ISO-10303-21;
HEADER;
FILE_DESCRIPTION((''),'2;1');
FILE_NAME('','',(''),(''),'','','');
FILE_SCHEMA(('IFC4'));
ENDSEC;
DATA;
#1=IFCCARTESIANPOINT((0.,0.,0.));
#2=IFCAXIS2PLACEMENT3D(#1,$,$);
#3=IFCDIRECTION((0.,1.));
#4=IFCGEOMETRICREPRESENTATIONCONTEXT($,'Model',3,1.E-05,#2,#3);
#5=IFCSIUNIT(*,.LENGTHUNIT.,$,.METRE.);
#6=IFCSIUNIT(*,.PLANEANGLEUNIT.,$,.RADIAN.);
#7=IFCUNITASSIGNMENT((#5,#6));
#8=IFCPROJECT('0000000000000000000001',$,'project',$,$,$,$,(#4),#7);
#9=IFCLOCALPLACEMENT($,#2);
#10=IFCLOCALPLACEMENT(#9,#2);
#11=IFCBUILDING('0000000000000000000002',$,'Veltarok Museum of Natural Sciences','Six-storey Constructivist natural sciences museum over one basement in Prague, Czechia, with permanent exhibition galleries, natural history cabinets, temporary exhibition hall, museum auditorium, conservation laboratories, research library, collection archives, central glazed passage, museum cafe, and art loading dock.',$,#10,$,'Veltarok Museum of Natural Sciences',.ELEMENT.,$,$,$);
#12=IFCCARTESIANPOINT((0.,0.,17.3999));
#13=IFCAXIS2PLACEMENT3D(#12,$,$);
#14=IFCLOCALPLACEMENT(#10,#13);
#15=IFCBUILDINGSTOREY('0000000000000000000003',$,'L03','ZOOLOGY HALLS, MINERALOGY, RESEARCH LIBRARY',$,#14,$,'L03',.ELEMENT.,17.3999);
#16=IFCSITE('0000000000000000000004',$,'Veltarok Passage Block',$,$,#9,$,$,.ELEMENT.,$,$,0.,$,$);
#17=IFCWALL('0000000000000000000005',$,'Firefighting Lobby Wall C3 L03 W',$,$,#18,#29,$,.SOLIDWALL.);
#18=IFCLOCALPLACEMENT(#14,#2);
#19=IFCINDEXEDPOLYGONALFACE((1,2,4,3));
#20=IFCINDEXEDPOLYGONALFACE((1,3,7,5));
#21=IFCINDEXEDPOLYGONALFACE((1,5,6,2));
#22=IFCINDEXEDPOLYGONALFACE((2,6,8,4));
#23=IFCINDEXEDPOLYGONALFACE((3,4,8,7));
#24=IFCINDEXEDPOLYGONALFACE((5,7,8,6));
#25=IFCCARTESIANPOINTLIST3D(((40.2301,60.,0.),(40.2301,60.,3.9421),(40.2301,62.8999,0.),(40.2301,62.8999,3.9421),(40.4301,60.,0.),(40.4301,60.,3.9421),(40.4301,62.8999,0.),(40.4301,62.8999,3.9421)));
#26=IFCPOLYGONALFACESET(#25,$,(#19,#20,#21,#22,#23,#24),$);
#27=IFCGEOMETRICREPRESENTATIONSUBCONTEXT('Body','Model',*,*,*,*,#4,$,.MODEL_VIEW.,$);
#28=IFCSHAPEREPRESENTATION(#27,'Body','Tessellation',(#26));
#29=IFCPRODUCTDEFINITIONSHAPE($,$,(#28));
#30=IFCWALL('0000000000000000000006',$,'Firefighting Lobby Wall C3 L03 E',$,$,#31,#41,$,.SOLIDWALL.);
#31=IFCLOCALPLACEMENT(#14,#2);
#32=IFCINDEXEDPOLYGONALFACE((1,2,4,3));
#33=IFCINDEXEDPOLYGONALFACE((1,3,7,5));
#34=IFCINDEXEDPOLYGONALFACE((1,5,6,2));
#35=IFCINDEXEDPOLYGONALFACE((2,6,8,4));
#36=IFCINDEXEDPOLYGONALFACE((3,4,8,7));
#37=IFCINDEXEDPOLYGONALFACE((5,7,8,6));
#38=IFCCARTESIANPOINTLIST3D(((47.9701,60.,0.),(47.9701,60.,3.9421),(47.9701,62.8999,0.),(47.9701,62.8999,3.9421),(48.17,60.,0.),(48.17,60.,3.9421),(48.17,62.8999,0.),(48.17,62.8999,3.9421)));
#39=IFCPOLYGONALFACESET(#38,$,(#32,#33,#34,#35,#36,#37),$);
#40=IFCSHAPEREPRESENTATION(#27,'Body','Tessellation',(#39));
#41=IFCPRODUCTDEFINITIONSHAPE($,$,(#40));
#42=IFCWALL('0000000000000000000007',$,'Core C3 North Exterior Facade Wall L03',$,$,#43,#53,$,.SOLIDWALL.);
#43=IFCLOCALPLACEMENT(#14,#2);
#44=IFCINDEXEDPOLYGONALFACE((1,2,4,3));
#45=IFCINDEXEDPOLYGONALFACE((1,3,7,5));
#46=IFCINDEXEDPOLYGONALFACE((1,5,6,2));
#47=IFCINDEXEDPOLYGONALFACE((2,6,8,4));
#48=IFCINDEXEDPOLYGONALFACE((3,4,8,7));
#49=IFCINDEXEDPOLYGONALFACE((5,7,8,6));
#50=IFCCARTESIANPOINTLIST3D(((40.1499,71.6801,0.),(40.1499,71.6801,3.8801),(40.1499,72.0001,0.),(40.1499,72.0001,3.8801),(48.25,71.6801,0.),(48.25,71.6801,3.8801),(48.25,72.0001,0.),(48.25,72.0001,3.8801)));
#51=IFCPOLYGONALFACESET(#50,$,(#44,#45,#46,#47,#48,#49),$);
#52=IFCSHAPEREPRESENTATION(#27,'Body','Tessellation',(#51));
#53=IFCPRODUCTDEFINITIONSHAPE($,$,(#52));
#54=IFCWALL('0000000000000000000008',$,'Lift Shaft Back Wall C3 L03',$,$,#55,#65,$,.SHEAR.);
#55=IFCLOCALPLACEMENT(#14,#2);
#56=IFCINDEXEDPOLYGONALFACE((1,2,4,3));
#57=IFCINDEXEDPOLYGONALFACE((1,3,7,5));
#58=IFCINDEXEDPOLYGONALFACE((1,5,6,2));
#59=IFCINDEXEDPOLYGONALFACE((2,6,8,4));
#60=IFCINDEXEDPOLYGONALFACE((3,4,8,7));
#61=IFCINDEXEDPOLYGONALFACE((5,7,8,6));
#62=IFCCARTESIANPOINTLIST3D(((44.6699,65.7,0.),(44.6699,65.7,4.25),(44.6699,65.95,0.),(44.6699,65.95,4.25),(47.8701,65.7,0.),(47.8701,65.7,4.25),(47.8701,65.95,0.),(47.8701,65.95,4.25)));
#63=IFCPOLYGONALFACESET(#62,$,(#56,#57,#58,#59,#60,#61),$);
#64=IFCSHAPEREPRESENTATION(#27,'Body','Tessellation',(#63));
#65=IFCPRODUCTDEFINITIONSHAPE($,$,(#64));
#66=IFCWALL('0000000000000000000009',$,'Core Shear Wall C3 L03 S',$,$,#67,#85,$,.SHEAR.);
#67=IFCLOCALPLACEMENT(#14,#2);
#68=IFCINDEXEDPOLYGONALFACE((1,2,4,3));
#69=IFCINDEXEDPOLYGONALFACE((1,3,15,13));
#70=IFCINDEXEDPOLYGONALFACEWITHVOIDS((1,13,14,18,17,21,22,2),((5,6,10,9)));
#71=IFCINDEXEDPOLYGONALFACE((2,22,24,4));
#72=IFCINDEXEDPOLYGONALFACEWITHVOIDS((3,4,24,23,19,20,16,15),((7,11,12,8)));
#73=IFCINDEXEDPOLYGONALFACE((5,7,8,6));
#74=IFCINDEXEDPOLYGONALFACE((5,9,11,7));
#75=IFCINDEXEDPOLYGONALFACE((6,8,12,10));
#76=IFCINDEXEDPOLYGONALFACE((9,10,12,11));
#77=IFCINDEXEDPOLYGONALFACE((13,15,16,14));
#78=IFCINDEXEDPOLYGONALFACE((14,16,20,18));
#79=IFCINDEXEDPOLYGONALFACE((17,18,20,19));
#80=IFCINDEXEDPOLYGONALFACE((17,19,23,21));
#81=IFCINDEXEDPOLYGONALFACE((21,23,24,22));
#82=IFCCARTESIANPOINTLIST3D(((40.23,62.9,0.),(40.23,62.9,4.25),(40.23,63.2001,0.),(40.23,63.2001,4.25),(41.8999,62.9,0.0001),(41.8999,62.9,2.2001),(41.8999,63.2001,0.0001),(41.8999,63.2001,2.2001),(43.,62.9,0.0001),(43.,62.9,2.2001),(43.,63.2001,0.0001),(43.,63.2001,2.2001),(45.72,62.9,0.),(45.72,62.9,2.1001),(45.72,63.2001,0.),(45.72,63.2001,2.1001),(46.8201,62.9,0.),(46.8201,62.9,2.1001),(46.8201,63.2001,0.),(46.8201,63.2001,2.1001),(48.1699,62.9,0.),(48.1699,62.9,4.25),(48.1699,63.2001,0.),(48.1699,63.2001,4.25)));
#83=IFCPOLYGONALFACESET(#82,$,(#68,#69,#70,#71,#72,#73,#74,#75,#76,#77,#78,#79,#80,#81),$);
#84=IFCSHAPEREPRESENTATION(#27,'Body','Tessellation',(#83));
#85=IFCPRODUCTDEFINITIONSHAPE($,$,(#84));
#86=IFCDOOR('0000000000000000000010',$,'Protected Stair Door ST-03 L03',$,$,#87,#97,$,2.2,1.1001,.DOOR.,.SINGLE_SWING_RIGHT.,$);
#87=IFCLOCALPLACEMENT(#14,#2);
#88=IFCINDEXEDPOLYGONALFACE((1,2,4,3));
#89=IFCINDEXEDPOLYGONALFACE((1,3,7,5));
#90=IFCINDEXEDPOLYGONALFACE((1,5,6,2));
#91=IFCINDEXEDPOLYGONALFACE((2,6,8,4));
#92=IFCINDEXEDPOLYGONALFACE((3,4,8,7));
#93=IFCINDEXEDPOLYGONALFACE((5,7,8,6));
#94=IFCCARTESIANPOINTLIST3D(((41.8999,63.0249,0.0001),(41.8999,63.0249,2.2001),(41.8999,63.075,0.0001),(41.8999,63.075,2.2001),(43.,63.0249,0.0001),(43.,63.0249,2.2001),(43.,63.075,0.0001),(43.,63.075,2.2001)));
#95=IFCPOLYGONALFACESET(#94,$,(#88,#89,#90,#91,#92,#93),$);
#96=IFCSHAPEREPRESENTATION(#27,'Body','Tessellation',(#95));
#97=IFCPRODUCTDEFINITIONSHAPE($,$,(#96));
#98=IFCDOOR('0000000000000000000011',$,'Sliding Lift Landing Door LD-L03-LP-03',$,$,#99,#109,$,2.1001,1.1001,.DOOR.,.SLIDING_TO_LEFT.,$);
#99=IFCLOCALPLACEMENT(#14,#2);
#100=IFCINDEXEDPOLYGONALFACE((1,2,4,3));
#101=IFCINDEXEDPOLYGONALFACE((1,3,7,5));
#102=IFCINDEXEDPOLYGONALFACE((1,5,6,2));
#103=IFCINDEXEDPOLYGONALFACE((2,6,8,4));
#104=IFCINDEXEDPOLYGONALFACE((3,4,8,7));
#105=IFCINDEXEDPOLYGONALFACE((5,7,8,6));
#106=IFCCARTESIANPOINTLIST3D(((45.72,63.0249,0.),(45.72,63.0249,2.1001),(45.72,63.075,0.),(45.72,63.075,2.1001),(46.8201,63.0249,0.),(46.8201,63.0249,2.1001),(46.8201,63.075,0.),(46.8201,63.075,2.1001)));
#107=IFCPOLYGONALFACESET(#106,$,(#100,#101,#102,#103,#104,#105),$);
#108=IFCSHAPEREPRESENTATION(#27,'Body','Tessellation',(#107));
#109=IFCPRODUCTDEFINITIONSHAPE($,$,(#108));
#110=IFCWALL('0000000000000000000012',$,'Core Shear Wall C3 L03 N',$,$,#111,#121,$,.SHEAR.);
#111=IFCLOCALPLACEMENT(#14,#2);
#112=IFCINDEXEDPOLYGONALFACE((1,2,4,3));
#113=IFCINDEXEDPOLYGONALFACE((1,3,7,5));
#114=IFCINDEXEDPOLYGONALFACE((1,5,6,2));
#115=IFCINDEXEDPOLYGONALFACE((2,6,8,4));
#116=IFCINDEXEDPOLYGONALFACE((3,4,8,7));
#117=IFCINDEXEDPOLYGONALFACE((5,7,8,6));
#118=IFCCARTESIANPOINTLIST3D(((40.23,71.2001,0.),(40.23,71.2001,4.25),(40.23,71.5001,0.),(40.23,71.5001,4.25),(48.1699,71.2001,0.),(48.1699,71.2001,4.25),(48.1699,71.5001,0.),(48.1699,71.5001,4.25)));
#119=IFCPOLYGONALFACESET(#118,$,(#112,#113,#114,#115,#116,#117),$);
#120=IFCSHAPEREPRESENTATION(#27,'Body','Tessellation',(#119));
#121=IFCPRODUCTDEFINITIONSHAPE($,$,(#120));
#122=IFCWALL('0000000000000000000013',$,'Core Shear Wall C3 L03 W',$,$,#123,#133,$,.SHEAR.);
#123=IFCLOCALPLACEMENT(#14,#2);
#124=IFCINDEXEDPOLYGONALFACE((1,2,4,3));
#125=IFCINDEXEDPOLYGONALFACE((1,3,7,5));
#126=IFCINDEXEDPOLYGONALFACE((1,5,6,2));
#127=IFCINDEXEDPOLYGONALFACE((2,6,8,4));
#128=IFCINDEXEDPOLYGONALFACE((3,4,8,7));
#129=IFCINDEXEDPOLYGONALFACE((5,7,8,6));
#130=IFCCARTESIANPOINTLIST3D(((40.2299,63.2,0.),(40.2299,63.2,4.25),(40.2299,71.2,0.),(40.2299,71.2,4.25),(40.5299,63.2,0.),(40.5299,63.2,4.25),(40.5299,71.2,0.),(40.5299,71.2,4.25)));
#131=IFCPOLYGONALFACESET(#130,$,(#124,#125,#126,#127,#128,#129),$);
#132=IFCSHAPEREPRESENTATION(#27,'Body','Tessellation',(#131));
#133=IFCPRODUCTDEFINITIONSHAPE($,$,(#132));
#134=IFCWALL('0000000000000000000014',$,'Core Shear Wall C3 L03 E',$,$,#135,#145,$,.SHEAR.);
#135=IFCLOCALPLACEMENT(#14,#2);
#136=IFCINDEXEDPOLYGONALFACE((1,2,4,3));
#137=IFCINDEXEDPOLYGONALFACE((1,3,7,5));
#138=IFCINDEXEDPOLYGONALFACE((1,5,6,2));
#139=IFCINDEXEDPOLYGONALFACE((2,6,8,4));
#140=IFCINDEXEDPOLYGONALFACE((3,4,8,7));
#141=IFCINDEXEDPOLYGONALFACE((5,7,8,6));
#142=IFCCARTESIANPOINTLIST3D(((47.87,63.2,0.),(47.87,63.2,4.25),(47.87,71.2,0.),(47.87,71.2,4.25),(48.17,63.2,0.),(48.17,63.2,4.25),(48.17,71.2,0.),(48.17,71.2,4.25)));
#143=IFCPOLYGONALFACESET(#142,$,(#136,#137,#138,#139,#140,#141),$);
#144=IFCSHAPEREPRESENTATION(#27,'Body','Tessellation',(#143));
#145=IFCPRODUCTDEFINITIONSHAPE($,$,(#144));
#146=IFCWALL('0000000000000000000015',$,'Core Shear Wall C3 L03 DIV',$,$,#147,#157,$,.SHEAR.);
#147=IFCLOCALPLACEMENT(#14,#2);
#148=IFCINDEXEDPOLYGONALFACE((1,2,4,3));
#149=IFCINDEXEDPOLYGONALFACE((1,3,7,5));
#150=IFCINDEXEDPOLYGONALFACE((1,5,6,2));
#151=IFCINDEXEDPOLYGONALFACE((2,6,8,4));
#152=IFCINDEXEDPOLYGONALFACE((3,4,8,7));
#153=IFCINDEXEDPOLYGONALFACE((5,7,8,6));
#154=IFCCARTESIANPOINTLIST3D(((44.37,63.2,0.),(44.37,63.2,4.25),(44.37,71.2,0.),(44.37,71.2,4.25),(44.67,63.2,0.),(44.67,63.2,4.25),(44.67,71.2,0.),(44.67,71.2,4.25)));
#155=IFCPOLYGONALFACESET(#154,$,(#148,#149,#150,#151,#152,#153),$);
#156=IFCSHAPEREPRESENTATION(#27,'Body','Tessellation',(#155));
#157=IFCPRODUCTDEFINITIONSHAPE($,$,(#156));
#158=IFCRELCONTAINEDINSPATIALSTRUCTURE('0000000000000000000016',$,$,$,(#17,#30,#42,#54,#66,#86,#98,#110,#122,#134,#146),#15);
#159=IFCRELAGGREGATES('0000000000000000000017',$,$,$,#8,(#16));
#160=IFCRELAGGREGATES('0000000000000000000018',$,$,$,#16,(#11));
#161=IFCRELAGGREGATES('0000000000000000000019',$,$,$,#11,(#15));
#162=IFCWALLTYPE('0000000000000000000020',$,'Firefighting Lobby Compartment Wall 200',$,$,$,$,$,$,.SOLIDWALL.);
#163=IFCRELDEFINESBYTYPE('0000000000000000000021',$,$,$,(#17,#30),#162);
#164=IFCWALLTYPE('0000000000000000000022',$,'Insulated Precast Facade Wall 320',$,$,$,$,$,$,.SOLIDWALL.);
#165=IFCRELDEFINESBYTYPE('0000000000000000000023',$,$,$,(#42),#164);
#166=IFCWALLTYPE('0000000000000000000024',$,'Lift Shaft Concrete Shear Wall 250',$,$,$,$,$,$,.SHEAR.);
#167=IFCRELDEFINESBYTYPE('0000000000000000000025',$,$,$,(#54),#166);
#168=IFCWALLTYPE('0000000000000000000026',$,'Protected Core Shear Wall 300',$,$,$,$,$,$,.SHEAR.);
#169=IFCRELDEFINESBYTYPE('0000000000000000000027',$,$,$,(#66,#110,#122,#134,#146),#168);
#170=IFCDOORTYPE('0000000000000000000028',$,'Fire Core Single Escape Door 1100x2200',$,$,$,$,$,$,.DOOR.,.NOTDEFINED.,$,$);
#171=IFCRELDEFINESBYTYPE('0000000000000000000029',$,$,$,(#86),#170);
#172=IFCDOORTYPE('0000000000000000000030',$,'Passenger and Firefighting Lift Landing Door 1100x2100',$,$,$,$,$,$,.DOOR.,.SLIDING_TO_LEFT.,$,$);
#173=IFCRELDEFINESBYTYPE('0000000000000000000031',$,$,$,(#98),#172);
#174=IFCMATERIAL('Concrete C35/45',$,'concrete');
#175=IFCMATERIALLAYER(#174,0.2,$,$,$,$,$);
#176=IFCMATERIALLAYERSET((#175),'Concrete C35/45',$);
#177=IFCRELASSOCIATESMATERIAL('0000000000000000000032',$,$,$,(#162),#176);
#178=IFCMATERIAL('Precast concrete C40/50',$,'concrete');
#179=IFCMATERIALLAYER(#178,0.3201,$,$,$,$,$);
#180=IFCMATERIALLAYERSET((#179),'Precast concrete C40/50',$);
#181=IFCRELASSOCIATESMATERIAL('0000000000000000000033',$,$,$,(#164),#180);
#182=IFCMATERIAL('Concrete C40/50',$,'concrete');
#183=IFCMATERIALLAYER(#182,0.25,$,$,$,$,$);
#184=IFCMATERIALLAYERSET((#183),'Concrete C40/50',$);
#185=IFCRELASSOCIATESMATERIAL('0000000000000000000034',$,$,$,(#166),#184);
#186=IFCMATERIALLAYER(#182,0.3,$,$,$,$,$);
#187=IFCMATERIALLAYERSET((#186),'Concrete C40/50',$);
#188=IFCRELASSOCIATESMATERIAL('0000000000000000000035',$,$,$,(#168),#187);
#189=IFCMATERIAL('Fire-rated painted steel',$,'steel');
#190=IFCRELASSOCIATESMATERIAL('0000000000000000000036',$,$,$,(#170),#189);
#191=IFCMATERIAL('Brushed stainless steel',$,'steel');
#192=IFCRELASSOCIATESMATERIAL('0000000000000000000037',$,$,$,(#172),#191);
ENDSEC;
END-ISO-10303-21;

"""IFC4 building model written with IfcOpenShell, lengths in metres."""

from ifc_helpers import new_model, si_unit, direction, frame, frame_2d, origin, place, context, subcontext, project, spatial, rectangle, extrude, material, layer, layer_set, type_object, element, fill, save


model = new_model("IFC4")

# Units and contexts
model_context = context("Model", 3, precision=1e-05, world=origin(), true_north=direction((0.0, 1.0)))
body_context = subcontext(model_context, "Body", "Model", "MODEL_VIEW")
ifc_project = project(units=[si_unit("LENGTHUNIT", "METRE"), si_unit("PLANEANGLEUNIT", "RADIAN")], contexts=[model_context])

# Site, building, storey
site_placement = place(None, origin())
site = spatial("IfcSite", under=ifc_project, at=site_placement, Name="Veltarok Passage Block", CompositionType="ELEMENT", RefElevation=0.0)
building_placement = place(site_placement, origin())
building = spatial("IfcBuilding", under=site, at=building_placement, Name="Veltarok Museum of Natural Sciences", Description="Six-storey Constructivist natural sciences museum over one basement in Prague, Czechia, with permanent exhibition galleries, natural history cabinets, temporary exhibition hall, museum auditorium, conservation laboratories, research library, collection archives, central glazed passage, museum cafe, and art loading dock.", LongName="Veltarok Museum of Natural Sciences", CompositionType="ELEMENT")
storey_placement = place(building_placement, frame((0.0, 0.0, 17.3999)))
storey = spatial("IfcBuildingStorey", under=building, at=storey_placement, Name="L03", Description="ZOOLOGY HALLS, MINERALOGY, RESEARCH LIBRARY", LongName="L03", CompositionType="ELEMENT", Elevation=17.3999)

# Shared definitions
ifc_material_1 = material(Name="Concrete C35/45", Category="concrete")
ifc_layer_1 = layer(ifc_material_1, 0.2)
ifc_layer_set_1 = layer_set([ifc_layer_1], Name="Concrete C35/45")
wall_type_1 = type_object("IfcWallType", Name="Firefighting Lobby Compartment Wall 200", PredefinedType="SOLIDWALL", material=ifc_layer_set_1)

# Walls
for number, where, z_axis, x_axis, name in (
    (1, (40.3301, 60.0, 0.0), (0.0, 0.0, 1.0), (0.0, 1.0, 0.0), "Firefighting Lobby Wall C3 L03 W"),
    (2, (48.0701, 62.8999, 0.0), (0.0, 0.0, 1.0), (0.0, -1.0, 0.0), "Firefighting Lobby Wall C3 L03 E"),
):
    element("IfcWall", number, at=place(storey_placement, frame(where, z_axis=z_axis, x_axis=x_axis)), inside=storey, type_object=wall_type_1, Name=name, PredefinedType="SOLIDWALL", context=body_context, shape_type="SweptSolid", body=[
        extrude(rectangle(XDim=2.8999, YDim=0.2, at=frame_2d((1.45, 0.0))), origin(), (0.0, 0.0, 1.0), 3.9421),
    ])
ifc_material_2 = material(Name="Precast concrete C40/50", Category="concrete")
ifc_layer_2 = layer(ifc_material_2, 0.3201)
ifc_layer_set_2 = layer_set([ifc_layer_2], Name="Precast concrete C40/50")
wall_type_2 = type_object("IfcWallType", Name="Insulated Precast Facade Wall 320", PredefinedType="SOLIDWALL", material=ifc_layer_set_2)
wall_1_placement = place(storey_placement, frame((48.25, 71.8401, 0.0), z_axis=(0.0, 0.0, 1.0), x_axis=(-1.0, 0.0, 0.0)))
element("IfcWall", 3, at=wall_1_placement, inside=storey, type_object=wall_type_2, Name="Core C3 North Exterior Facade Wall L03", PredefinedType="SOLIDWALL", context=body_context, shape_type="SweptSolid", body=[
    extrude(rectangle(XDim=8.1001, YDim=0.3201, at=frame_2d((4.05, 0.0))), origin(), (0.0, 0.0, 1.0), 3.8801),
])
ifc_material_3 = material(Name="Concrete C40/50", Category="concrete")
ifc_layer_3 = layer(ifc_material_3, 0.25)
ifc_layer_set_3 = layer_set([ifc_layer_3], Name="Concrete C40/50")
wall_type_3 = type_object("IfcWallType", Name="Lift Shaft Concrete Shear Wall 250", PredefinedType="SHEAR", material=ifc_layer_set_3)
wall_2_placement = place(storey_placement, frame((44.6699, 65.825, 0.0), z_axis=(0.0, 0.0, 1.0), x_axis=(1.0, 0.0, 0.0)))
element("IfcWall", 4, at=wall_2_placement, inside=storey, type_object=wall_type_3, Name="Lift Shaft Back Wall C3 L03", PredefinedType="SHEAR", context=body_context, shape_type="SweptSolid", body=[
    extrude(rectangle(XDim=3.2002, YDim=0.25, at=frame_2d((1.6001, 0.0))), origin(), (0.0, 0.0, 1.0), 4.25),
])

# Wall, openings, doors
ifc_layer_4 = layer(ifc_material_3, 0.3)
ifc_layer_set_4 = layer_set([ifc_layer_4], Name="Concrete C40/50")
wall_type_4 = type_object("IfcWallType", Name="Protected Core Shear Wall 300", PredefinedType="SHEAR", material=ifc_layer_set_4)
wall_3_placement = place(storey_placement, frame((40.23, 63.05, 0.0), z_axis=(0.0, 0.0, 1.0), x_axis=(1.0, 0.0, 0.0)))
wall_3 = element("IfcWall", 5, at=wall_3_placement, inside=storey, type_object=wall_type_4, Name="Core Shear Wall C3 L03 S", PredefinedType="SHEAR", context=body_context, shape_type="SweptSolid", body=[
    extrude(rectangle(XDim=7.9399, YDim=0.3, at=frame_2d((3.97, 0.0))), origin(), (0.0, 0.0, 1.0), 4.25),
])
opening_1_placement = place(wall_3_placement, frame((1.6699, 0.0, 0.0)))
opening_1 = element("IfcOpeningElement", 6, at=opening_1_placement, cuts=wall_3, PredefinedType="OPENING", context=body_context, shape_type="SweptSolid", body=[
    extrude(rectangle(XDim=1.1001, YDim=2.2, at=frame_2d((0.55, 1.1001))), frame((0.0, 0.1602, 0.0), z_axis=(0.0, -1.0, 0.0), x_axis=(1.0, 0.0, 0.0)), (0.0, 0.0, 1.0), 0.3201),
])
opening_2_placement = place(wall_3_placement, frame((5.49, 0.0, 0.0)))
opening_2 = element("IfcOpeningElement", 7, at=opening_2_placement, cuts=wall_3, PredefinedType="OPENING", context=body_context, shape_type="SweptSolid", body=[
    extrude(rectangle(XDim=1.1001, YDim=2.1001, at=frame_2d((0.55, 1.05))), frame((0.0, 0.1602, 0.0), z_axis=(0.0, -1.0, 0.0), x_axis=(1.0, 0.0, 0.0)), (0.0, 0.0, 1.0), 0.3201),
])
ifc_material_4 = material(Name="Fire-rated painted steel", Category="steel")
door_type_1 = type_object("IfcDoorType", Name="Fire Core Single Escape Door 1100x2200", OperationType="NOTDEFINED", PredefinedType="DOOR", material=ifc_material_4)
door_1_placement = place(opening_1_placement, origin())
door_1 = element("IfcDoor", 8, at=door_1_placement, inside=storey, type_object=door_type_1, Name="Protected Stair Door ST-03 L03", OperationType="SINGLE_SWING_RIGHT", OverallHeight=2.2, OverallWidth=1.1001, PredefinedType="DOOR", context=body_context, shape_type="SweptSolid", body=[
    extrude(rectangle(XDim=1.1001, YDim=2.2, at=frame_2d((0.55, 1.1001))), frame((0.0, 0.0249, 0.0), z_axis=(0.0, -1.0, 0.0), x_axis=(1.0, 0.0, 0.0)), (0.0, 0.0, 1.0), 0.05),
])
fill(opening_1, door_1)
ifc_material_5 = material(Name="Brushed stainless steel", Category="steel")
door_type_2 = type_object("IfcDoorType", Name="Passenger and Firefighting Lift Landing Door 1100x2100", OperationType="SLIDING_TO_LEFT", PredefinedType="DOOR", material=ifc_material_5)
door_2_placement = place(opening_2_placement, origin())
door_2 = element("IfcDoor", 9, at=door_2_placement, inside=storey, type_object=door_type_2, Name="Sliding Lift Landing Door LD-L03-LP-03", OperationType="SLIDING_TO_LEFT", OverallHeight=2.1001, OverallWidth=1.1001, PredefinedType="DOOR", context=body_context, shape_type="SweptSolid", body=[
    extrude(rectangle(XDim=1.1001, YDim=2.1001, at=frame_2d((0.55, 1.05))), frame((0.0, 0.0249, 0.0), z_axis=(0.0, -1.0, 0.0), x_axis=(1.0, 0.0, 0.0)), (0.0, 0.0, 1.0), 0.05),
])
fill(opening_2, door_2)

# Walls
wall_4_placement = place(storey_placement, frame((48.1699, 71.3501, 0.0), z_axis=(0.0, 0.0, 1.0), x_axis=(-1.0, 0.0, 0.0)))
element("IfcWall", 10, at=wall_4_placement, inside=storey, type_object=wall_type_4, Name="Core Shear Wall C3 L03 N", PredefinedType="SHEAR", context=body_context, shape_type="SweptSolid", body=[
    extrude(rectangle(XDim=7.9399, YDim=0.3, at=frame_2d((3.97, 0.0))), origin(), (0.0, 0.0, 1.0), 4.25),
])
for number, where, z_axis, x_axis, name in (
    (11, (40.3799, 71.2, 0.0), (0.0, 0.0, 1.0), (0.0, -1.0, 0.0), "Core Shear Wall C3 L03 W"),
    (12, (48.02, 63.2, 0.0), (0.0, 0.0, 1.0), (0.0, 1.0, 0.0), "Core Shear Wall C3 L03 E"),
    (13, (44.52, 63.2, 0.0), (0.0, 0.0, 1.0), (0.0, 1.0, 0.0), "Core Shear Wall C3 L03 DIV"),
):
    element("IfcWall", number, at=place(storey_placement, frame(where, z_axis=z_axis, x_axis=x_axis)), inside=storey, type_object=wall_type_4, Name=name, PredefinedType="SHEAR", context=body_context, shape_type="SweptSolid", body=[
        extrude(rectangle(XDim=8.0, YDim=0.3, at=frame_2d((4.0, 0.0))), origin(), (0.0, 0.0, 1.0), 4.25),
    ])

save(model, "model.ifc")
